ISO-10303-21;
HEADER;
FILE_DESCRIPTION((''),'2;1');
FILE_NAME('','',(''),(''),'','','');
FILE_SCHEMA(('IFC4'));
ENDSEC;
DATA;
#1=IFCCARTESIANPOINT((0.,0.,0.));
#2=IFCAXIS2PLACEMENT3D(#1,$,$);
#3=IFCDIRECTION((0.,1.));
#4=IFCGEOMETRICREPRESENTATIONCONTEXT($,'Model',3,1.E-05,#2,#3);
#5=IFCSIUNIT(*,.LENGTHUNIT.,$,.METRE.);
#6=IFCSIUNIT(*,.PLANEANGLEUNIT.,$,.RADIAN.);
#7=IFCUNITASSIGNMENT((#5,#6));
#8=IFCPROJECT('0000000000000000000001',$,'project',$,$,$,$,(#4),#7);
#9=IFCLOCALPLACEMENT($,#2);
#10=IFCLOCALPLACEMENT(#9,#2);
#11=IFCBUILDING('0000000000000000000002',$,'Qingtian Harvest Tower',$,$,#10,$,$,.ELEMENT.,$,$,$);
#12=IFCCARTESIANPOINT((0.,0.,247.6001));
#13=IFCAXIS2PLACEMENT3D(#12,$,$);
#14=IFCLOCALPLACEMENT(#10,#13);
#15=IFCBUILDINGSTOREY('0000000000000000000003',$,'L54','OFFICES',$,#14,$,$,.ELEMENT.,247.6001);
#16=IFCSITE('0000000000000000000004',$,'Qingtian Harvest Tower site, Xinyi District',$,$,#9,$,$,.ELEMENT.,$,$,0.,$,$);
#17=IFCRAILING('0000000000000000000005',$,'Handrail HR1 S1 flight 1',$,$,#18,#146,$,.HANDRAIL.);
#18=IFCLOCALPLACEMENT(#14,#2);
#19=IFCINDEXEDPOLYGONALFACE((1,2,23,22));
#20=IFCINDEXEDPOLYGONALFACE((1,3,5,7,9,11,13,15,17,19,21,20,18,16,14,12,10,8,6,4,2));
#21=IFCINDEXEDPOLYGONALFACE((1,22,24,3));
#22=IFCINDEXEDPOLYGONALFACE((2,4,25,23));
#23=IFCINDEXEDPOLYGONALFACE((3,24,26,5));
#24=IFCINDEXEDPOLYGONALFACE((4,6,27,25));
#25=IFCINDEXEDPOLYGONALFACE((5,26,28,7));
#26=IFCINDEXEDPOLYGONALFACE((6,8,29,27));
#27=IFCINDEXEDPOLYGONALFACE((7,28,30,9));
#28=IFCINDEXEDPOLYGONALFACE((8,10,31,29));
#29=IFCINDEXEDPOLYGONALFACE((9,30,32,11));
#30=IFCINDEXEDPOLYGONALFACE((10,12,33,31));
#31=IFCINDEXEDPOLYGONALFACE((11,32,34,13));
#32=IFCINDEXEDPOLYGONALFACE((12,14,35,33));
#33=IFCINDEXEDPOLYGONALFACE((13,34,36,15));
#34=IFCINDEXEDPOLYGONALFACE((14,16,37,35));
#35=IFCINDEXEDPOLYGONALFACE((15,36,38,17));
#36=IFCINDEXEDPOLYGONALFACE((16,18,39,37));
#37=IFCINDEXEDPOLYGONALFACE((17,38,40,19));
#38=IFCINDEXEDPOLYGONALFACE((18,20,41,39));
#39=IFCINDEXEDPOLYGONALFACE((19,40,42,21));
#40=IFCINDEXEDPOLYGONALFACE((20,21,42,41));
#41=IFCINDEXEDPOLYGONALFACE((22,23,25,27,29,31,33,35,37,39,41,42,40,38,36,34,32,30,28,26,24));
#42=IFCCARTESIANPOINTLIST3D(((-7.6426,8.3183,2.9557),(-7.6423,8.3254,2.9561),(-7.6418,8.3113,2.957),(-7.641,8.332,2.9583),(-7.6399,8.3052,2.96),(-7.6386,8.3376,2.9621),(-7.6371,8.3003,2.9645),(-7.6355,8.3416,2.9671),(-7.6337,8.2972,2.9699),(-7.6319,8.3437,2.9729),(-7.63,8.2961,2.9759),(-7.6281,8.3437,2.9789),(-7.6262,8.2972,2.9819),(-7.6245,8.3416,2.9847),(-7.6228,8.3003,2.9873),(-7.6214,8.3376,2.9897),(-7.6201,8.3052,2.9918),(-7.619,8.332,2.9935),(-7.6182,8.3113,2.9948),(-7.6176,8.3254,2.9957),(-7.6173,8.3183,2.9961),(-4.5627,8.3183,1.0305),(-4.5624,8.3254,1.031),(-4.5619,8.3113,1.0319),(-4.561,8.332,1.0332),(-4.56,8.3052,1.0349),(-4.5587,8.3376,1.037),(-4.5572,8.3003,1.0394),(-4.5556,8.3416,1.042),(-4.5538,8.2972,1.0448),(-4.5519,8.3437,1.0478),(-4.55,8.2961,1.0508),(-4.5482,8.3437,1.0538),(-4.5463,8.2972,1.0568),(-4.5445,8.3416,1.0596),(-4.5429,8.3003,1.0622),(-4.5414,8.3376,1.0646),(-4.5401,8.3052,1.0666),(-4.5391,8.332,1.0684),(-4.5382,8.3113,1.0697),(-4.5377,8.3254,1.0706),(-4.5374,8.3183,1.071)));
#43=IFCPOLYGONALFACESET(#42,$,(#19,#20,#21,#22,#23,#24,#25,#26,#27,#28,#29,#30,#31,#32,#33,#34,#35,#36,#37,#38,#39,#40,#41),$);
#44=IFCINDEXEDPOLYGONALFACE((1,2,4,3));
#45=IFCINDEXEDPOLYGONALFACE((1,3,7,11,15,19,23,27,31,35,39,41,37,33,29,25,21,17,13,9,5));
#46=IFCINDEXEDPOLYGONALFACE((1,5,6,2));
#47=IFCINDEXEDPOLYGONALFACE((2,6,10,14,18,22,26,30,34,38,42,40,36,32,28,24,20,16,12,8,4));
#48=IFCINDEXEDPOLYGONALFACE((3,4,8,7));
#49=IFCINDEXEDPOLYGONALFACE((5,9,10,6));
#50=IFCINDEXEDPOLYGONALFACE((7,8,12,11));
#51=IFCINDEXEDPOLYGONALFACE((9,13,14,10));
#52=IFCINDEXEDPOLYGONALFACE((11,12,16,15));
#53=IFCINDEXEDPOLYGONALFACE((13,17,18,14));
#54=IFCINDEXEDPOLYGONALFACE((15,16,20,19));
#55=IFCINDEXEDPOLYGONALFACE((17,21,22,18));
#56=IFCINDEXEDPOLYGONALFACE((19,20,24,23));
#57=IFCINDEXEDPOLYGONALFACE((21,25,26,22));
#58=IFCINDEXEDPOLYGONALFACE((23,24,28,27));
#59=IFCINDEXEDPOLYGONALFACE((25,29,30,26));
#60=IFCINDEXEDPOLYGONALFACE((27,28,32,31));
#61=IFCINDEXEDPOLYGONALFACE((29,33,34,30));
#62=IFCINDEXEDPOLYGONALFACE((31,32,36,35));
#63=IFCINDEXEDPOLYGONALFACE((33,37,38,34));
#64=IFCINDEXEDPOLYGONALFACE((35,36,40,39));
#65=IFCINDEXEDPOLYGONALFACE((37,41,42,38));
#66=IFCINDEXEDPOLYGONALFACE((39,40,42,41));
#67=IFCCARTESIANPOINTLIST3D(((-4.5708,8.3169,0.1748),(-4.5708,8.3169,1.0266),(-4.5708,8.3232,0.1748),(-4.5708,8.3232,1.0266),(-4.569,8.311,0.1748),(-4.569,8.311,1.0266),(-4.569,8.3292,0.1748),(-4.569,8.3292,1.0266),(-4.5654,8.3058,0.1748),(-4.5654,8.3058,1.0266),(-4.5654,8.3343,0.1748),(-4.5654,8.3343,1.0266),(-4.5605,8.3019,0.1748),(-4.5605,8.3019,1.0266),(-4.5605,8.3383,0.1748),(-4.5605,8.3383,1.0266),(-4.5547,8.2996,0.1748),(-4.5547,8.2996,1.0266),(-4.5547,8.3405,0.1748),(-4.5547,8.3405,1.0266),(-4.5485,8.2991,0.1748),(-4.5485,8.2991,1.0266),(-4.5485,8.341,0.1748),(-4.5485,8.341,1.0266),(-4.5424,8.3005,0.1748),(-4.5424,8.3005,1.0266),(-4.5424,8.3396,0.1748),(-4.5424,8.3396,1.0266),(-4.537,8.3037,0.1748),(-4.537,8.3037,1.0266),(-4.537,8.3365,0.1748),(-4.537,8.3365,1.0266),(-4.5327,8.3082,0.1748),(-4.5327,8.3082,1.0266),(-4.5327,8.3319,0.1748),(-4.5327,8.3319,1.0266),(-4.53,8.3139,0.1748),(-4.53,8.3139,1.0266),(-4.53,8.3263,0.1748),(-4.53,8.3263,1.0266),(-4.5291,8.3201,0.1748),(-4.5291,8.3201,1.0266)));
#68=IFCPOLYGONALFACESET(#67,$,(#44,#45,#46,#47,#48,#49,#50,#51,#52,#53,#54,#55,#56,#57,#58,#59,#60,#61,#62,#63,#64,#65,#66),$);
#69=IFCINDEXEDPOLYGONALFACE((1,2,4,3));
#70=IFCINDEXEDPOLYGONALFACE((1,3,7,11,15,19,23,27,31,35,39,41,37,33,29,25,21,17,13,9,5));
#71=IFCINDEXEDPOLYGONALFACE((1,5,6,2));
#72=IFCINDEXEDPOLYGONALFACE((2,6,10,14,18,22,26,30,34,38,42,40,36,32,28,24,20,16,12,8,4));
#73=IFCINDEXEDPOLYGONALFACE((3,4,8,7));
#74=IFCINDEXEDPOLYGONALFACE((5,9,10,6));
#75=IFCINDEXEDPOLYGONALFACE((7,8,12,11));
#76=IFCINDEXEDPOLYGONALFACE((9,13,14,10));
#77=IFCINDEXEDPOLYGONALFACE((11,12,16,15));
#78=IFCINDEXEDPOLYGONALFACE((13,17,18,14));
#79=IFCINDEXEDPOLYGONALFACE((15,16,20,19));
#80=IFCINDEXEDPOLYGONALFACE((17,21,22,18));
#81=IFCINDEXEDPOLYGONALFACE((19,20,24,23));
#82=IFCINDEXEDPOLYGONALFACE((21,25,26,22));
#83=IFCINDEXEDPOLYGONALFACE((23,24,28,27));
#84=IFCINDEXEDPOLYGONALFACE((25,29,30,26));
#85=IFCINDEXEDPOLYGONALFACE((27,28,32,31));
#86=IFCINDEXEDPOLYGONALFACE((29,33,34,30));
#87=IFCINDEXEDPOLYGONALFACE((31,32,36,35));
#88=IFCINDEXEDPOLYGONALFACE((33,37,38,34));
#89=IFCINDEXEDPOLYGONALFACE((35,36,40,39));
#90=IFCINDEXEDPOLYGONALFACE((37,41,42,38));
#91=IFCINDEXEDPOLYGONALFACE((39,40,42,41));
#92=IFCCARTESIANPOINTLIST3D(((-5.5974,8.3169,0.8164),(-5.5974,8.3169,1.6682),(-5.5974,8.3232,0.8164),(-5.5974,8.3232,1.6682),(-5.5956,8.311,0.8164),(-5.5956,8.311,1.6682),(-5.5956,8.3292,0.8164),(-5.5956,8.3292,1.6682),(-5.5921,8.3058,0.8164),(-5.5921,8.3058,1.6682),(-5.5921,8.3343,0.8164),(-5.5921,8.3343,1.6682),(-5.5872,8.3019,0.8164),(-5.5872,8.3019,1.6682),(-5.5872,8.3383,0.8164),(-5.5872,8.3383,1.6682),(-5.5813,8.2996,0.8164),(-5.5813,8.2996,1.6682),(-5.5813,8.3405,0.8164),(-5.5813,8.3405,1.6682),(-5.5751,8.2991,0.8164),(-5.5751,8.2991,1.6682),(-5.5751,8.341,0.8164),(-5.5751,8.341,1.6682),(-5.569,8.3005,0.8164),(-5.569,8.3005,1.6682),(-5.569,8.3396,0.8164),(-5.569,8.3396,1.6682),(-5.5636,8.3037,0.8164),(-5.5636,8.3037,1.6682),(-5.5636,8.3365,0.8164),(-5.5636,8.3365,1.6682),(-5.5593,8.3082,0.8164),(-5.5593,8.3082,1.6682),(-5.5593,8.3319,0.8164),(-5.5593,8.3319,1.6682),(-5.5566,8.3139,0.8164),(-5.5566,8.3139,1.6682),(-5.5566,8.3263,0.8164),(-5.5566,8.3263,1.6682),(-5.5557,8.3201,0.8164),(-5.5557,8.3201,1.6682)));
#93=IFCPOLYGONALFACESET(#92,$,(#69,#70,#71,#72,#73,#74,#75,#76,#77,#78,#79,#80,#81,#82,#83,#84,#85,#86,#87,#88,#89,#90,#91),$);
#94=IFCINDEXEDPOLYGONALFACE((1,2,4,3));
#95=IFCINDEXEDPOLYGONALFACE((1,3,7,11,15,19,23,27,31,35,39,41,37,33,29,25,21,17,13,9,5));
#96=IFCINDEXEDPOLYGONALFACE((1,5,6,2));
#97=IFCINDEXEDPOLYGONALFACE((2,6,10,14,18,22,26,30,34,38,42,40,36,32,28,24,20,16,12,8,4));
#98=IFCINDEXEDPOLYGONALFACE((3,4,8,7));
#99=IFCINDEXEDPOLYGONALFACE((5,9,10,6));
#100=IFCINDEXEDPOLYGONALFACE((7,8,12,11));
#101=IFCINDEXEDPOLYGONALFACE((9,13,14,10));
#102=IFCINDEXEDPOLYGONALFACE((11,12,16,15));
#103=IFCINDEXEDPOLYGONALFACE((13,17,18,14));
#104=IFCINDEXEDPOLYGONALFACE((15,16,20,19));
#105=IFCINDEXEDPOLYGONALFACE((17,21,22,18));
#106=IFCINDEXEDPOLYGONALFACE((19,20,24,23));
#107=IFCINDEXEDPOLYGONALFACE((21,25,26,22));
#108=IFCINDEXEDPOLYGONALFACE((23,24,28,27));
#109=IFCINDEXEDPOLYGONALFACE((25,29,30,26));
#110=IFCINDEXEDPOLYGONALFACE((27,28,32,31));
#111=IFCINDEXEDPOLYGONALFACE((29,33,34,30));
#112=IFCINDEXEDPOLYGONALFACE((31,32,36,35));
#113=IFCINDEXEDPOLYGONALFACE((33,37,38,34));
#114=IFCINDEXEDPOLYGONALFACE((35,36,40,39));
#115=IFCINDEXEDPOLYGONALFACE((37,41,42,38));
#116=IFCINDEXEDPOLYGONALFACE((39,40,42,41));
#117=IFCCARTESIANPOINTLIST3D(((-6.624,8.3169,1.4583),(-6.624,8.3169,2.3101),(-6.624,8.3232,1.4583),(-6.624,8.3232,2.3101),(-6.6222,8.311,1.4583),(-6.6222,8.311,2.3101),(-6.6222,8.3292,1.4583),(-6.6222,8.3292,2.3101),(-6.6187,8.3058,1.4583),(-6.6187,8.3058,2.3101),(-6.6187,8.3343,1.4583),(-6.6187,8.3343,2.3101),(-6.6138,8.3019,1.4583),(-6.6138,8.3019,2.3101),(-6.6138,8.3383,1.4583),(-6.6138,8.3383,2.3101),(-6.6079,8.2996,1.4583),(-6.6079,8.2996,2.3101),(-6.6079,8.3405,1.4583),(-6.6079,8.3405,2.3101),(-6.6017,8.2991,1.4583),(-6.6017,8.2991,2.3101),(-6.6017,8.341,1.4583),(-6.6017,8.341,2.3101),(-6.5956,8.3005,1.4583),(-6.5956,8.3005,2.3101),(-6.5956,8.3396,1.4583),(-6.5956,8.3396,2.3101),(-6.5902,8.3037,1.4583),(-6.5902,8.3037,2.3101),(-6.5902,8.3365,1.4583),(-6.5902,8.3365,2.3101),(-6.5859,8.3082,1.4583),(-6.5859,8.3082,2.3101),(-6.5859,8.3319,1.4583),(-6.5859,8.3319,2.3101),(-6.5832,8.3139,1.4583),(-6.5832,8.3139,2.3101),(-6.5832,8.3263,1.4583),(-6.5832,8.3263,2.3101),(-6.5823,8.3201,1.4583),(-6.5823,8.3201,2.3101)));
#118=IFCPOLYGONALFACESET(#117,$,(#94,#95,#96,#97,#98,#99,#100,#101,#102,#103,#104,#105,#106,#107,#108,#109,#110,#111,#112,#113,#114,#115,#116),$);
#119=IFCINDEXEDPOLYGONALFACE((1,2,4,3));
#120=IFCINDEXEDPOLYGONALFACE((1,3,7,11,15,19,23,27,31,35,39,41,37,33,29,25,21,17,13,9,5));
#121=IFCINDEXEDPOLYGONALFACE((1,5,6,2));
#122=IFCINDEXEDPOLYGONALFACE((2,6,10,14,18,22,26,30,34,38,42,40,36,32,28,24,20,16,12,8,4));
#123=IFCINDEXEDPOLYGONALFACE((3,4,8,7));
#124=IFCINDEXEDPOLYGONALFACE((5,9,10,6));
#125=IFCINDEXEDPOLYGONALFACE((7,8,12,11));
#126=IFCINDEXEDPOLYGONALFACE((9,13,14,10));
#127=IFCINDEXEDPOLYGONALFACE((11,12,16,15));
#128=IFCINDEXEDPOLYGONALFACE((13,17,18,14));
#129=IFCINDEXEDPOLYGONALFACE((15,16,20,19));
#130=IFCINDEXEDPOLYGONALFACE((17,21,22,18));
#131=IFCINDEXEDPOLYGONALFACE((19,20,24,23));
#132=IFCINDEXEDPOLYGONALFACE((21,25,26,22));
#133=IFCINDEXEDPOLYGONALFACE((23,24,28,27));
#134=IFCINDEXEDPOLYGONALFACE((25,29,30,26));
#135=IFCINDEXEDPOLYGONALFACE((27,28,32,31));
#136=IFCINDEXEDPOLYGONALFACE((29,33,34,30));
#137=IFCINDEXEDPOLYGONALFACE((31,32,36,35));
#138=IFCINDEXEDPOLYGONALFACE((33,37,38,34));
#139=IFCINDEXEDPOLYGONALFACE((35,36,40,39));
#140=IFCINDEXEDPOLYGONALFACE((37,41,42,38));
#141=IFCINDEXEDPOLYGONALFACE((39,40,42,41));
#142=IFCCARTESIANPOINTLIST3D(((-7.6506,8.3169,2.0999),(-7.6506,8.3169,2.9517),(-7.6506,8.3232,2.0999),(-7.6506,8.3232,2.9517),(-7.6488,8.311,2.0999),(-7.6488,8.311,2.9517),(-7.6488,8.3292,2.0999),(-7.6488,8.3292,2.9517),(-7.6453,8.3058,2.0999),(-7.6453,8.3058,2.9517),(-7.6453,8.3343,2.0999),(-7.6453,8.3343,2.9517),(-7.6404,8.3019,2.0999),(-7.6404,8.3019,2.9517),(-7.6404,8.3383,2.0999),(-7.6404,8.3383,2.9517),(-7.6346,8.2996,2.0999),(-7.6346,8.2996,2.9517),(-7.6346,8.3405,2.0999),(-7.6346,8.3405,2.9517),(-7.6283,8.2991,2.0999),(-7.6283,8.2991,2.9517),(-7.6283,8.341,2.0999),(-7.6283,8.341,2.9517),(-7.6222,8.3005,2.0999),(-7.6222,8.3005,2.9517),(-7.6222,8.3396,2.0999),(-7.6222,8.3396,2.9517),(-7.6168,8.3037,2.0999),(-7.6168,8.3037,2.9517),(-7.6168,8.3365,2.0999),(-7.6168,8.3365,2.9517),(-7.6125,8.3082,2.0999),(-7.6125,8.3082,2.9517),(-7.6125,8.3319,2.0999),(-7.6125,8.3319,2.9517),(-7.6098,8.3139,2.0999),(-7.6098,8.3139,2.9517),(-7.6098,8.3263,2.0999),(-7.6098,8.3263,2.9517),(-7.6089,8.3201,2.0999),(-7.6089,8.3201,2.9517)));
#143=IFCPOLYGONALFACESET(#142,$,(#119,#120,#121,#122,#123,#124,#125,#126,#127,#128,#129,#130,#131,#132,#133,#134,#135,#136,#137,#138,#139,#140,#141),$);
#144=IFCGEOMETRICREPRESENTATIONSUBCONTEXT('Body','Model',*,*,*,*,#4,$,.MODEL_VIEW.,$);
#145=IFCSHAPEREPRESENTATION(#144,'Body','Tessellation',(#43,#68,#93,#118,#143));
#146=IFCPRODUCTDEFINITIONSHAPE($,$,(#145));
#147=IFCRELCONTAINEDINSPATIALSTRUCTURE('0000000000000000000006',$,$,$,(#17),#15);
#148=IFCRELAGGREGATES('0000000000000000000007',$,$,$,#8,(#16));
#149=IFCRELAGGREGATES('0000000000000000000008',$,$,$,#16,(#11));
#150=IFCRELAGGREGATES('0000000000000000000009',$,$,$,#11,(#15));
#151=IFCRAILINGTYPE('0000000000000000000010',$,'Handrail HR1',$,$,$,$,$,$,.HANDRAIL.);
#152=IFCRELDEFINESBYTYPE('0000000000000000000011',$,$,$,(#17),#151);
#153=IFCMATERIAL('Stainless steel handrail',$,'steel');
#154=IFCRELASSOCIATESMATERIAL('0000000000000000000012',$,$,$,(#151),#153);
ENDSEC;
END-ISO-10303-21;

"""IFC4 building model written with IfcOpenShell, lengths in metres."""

from ifc_helpers import new_model, si_unit, direction, frame, origin, origin_2d, place, context, subcontext, project, spatial, circle, extrude, material, type_object, element, save


model = new_model("IFC4")

# Units and contexts
model_context = context("Model", 3, precision=1e-05, world=origin(), true_north=direction((0.0, 1.0)))
body_context = subcontext(model_context, "Body", "Model", "MODEL_VIEW")
ifc_project = project(units=[si_unit("LENGTHUNIT", "METRE"), si_unit("PLANEANGLEUNIT", "RADIAN")], contexts=[model_context])

# Site, building, storey
site_placement = place(None, origin())
site = spatial("IfcSite", under=ifc_project, at=site_placement, Name="Qingtian Harvest Tower site, Xinyi District", CompositionType="ELEMENT", RefElevation=0.0)
building_placement = place(site_placement, origin())
building = spatial("IfcBuilding", under=site, at=building_placement, Name="Qingtian Harvest Tower", CompositionType="ELEMENT")
storey_placement = place(building_placement, frame((0.0, 0.0, 247.6001)))
storey = spatial("IfcBuildingStorey", under=building, at=storey_placement, Name="L54", Description="OFFICES", CompositionType="ELEMENT", Elevation=247.6001)

# Railing
ifc_material_1 = material(Name="Stainless steel handrail", Category="steel")
railing_type = type_object("IfcRailingType", Name="Handrail HR1", PredefinedType="HANDRAIL", material=ifc_material_1)
railing_1_placement = place(storey_placement, frame((-4.55, 8.3201, 0.1748)))
element("IfcRailing", 1, at=railing_1_placement, inside=storey, type_object=railing_type, Name="Handrail HR1 S1 flight 1", PredefinedType="HANDRAIL", context=body_context, shape_type="SweptSolid", body=[
    extrude(circle(Radius=0.0239, at=origin_2d()), frame((0.0, 0.0, 0.876), z_axis=(-0.847979, 0.0, 0.530029), x_axis=(0.0, -1.0, 0.0)), (0.0, 0.0, 1.0), 3.6321),
    extrude(circle(Radius=0.021, at=origin_2d()), origin(), (0.0, 0.0, 1.0), 0.8518),
    extrude(circle(Radius=0.021, at=origin_2d()), frame((-1.0266, 0.0, 0.6416)), (0.0, 0.0, 1.0), 0.8518),
    extrude(circle(Radius=0.021, at=origin_2d()), frame((-2.0532, 0.0, 1.2834)), (0.0, 0.0, 1.0), 0.8518),
    extrude(circle(Radius=0.021, at=origin_2d()), frame((-3.0798, 0.0, 1.925)), (0.0, 0.0, 1.0), 0.8518),
])

save(model, "model.ifc")
